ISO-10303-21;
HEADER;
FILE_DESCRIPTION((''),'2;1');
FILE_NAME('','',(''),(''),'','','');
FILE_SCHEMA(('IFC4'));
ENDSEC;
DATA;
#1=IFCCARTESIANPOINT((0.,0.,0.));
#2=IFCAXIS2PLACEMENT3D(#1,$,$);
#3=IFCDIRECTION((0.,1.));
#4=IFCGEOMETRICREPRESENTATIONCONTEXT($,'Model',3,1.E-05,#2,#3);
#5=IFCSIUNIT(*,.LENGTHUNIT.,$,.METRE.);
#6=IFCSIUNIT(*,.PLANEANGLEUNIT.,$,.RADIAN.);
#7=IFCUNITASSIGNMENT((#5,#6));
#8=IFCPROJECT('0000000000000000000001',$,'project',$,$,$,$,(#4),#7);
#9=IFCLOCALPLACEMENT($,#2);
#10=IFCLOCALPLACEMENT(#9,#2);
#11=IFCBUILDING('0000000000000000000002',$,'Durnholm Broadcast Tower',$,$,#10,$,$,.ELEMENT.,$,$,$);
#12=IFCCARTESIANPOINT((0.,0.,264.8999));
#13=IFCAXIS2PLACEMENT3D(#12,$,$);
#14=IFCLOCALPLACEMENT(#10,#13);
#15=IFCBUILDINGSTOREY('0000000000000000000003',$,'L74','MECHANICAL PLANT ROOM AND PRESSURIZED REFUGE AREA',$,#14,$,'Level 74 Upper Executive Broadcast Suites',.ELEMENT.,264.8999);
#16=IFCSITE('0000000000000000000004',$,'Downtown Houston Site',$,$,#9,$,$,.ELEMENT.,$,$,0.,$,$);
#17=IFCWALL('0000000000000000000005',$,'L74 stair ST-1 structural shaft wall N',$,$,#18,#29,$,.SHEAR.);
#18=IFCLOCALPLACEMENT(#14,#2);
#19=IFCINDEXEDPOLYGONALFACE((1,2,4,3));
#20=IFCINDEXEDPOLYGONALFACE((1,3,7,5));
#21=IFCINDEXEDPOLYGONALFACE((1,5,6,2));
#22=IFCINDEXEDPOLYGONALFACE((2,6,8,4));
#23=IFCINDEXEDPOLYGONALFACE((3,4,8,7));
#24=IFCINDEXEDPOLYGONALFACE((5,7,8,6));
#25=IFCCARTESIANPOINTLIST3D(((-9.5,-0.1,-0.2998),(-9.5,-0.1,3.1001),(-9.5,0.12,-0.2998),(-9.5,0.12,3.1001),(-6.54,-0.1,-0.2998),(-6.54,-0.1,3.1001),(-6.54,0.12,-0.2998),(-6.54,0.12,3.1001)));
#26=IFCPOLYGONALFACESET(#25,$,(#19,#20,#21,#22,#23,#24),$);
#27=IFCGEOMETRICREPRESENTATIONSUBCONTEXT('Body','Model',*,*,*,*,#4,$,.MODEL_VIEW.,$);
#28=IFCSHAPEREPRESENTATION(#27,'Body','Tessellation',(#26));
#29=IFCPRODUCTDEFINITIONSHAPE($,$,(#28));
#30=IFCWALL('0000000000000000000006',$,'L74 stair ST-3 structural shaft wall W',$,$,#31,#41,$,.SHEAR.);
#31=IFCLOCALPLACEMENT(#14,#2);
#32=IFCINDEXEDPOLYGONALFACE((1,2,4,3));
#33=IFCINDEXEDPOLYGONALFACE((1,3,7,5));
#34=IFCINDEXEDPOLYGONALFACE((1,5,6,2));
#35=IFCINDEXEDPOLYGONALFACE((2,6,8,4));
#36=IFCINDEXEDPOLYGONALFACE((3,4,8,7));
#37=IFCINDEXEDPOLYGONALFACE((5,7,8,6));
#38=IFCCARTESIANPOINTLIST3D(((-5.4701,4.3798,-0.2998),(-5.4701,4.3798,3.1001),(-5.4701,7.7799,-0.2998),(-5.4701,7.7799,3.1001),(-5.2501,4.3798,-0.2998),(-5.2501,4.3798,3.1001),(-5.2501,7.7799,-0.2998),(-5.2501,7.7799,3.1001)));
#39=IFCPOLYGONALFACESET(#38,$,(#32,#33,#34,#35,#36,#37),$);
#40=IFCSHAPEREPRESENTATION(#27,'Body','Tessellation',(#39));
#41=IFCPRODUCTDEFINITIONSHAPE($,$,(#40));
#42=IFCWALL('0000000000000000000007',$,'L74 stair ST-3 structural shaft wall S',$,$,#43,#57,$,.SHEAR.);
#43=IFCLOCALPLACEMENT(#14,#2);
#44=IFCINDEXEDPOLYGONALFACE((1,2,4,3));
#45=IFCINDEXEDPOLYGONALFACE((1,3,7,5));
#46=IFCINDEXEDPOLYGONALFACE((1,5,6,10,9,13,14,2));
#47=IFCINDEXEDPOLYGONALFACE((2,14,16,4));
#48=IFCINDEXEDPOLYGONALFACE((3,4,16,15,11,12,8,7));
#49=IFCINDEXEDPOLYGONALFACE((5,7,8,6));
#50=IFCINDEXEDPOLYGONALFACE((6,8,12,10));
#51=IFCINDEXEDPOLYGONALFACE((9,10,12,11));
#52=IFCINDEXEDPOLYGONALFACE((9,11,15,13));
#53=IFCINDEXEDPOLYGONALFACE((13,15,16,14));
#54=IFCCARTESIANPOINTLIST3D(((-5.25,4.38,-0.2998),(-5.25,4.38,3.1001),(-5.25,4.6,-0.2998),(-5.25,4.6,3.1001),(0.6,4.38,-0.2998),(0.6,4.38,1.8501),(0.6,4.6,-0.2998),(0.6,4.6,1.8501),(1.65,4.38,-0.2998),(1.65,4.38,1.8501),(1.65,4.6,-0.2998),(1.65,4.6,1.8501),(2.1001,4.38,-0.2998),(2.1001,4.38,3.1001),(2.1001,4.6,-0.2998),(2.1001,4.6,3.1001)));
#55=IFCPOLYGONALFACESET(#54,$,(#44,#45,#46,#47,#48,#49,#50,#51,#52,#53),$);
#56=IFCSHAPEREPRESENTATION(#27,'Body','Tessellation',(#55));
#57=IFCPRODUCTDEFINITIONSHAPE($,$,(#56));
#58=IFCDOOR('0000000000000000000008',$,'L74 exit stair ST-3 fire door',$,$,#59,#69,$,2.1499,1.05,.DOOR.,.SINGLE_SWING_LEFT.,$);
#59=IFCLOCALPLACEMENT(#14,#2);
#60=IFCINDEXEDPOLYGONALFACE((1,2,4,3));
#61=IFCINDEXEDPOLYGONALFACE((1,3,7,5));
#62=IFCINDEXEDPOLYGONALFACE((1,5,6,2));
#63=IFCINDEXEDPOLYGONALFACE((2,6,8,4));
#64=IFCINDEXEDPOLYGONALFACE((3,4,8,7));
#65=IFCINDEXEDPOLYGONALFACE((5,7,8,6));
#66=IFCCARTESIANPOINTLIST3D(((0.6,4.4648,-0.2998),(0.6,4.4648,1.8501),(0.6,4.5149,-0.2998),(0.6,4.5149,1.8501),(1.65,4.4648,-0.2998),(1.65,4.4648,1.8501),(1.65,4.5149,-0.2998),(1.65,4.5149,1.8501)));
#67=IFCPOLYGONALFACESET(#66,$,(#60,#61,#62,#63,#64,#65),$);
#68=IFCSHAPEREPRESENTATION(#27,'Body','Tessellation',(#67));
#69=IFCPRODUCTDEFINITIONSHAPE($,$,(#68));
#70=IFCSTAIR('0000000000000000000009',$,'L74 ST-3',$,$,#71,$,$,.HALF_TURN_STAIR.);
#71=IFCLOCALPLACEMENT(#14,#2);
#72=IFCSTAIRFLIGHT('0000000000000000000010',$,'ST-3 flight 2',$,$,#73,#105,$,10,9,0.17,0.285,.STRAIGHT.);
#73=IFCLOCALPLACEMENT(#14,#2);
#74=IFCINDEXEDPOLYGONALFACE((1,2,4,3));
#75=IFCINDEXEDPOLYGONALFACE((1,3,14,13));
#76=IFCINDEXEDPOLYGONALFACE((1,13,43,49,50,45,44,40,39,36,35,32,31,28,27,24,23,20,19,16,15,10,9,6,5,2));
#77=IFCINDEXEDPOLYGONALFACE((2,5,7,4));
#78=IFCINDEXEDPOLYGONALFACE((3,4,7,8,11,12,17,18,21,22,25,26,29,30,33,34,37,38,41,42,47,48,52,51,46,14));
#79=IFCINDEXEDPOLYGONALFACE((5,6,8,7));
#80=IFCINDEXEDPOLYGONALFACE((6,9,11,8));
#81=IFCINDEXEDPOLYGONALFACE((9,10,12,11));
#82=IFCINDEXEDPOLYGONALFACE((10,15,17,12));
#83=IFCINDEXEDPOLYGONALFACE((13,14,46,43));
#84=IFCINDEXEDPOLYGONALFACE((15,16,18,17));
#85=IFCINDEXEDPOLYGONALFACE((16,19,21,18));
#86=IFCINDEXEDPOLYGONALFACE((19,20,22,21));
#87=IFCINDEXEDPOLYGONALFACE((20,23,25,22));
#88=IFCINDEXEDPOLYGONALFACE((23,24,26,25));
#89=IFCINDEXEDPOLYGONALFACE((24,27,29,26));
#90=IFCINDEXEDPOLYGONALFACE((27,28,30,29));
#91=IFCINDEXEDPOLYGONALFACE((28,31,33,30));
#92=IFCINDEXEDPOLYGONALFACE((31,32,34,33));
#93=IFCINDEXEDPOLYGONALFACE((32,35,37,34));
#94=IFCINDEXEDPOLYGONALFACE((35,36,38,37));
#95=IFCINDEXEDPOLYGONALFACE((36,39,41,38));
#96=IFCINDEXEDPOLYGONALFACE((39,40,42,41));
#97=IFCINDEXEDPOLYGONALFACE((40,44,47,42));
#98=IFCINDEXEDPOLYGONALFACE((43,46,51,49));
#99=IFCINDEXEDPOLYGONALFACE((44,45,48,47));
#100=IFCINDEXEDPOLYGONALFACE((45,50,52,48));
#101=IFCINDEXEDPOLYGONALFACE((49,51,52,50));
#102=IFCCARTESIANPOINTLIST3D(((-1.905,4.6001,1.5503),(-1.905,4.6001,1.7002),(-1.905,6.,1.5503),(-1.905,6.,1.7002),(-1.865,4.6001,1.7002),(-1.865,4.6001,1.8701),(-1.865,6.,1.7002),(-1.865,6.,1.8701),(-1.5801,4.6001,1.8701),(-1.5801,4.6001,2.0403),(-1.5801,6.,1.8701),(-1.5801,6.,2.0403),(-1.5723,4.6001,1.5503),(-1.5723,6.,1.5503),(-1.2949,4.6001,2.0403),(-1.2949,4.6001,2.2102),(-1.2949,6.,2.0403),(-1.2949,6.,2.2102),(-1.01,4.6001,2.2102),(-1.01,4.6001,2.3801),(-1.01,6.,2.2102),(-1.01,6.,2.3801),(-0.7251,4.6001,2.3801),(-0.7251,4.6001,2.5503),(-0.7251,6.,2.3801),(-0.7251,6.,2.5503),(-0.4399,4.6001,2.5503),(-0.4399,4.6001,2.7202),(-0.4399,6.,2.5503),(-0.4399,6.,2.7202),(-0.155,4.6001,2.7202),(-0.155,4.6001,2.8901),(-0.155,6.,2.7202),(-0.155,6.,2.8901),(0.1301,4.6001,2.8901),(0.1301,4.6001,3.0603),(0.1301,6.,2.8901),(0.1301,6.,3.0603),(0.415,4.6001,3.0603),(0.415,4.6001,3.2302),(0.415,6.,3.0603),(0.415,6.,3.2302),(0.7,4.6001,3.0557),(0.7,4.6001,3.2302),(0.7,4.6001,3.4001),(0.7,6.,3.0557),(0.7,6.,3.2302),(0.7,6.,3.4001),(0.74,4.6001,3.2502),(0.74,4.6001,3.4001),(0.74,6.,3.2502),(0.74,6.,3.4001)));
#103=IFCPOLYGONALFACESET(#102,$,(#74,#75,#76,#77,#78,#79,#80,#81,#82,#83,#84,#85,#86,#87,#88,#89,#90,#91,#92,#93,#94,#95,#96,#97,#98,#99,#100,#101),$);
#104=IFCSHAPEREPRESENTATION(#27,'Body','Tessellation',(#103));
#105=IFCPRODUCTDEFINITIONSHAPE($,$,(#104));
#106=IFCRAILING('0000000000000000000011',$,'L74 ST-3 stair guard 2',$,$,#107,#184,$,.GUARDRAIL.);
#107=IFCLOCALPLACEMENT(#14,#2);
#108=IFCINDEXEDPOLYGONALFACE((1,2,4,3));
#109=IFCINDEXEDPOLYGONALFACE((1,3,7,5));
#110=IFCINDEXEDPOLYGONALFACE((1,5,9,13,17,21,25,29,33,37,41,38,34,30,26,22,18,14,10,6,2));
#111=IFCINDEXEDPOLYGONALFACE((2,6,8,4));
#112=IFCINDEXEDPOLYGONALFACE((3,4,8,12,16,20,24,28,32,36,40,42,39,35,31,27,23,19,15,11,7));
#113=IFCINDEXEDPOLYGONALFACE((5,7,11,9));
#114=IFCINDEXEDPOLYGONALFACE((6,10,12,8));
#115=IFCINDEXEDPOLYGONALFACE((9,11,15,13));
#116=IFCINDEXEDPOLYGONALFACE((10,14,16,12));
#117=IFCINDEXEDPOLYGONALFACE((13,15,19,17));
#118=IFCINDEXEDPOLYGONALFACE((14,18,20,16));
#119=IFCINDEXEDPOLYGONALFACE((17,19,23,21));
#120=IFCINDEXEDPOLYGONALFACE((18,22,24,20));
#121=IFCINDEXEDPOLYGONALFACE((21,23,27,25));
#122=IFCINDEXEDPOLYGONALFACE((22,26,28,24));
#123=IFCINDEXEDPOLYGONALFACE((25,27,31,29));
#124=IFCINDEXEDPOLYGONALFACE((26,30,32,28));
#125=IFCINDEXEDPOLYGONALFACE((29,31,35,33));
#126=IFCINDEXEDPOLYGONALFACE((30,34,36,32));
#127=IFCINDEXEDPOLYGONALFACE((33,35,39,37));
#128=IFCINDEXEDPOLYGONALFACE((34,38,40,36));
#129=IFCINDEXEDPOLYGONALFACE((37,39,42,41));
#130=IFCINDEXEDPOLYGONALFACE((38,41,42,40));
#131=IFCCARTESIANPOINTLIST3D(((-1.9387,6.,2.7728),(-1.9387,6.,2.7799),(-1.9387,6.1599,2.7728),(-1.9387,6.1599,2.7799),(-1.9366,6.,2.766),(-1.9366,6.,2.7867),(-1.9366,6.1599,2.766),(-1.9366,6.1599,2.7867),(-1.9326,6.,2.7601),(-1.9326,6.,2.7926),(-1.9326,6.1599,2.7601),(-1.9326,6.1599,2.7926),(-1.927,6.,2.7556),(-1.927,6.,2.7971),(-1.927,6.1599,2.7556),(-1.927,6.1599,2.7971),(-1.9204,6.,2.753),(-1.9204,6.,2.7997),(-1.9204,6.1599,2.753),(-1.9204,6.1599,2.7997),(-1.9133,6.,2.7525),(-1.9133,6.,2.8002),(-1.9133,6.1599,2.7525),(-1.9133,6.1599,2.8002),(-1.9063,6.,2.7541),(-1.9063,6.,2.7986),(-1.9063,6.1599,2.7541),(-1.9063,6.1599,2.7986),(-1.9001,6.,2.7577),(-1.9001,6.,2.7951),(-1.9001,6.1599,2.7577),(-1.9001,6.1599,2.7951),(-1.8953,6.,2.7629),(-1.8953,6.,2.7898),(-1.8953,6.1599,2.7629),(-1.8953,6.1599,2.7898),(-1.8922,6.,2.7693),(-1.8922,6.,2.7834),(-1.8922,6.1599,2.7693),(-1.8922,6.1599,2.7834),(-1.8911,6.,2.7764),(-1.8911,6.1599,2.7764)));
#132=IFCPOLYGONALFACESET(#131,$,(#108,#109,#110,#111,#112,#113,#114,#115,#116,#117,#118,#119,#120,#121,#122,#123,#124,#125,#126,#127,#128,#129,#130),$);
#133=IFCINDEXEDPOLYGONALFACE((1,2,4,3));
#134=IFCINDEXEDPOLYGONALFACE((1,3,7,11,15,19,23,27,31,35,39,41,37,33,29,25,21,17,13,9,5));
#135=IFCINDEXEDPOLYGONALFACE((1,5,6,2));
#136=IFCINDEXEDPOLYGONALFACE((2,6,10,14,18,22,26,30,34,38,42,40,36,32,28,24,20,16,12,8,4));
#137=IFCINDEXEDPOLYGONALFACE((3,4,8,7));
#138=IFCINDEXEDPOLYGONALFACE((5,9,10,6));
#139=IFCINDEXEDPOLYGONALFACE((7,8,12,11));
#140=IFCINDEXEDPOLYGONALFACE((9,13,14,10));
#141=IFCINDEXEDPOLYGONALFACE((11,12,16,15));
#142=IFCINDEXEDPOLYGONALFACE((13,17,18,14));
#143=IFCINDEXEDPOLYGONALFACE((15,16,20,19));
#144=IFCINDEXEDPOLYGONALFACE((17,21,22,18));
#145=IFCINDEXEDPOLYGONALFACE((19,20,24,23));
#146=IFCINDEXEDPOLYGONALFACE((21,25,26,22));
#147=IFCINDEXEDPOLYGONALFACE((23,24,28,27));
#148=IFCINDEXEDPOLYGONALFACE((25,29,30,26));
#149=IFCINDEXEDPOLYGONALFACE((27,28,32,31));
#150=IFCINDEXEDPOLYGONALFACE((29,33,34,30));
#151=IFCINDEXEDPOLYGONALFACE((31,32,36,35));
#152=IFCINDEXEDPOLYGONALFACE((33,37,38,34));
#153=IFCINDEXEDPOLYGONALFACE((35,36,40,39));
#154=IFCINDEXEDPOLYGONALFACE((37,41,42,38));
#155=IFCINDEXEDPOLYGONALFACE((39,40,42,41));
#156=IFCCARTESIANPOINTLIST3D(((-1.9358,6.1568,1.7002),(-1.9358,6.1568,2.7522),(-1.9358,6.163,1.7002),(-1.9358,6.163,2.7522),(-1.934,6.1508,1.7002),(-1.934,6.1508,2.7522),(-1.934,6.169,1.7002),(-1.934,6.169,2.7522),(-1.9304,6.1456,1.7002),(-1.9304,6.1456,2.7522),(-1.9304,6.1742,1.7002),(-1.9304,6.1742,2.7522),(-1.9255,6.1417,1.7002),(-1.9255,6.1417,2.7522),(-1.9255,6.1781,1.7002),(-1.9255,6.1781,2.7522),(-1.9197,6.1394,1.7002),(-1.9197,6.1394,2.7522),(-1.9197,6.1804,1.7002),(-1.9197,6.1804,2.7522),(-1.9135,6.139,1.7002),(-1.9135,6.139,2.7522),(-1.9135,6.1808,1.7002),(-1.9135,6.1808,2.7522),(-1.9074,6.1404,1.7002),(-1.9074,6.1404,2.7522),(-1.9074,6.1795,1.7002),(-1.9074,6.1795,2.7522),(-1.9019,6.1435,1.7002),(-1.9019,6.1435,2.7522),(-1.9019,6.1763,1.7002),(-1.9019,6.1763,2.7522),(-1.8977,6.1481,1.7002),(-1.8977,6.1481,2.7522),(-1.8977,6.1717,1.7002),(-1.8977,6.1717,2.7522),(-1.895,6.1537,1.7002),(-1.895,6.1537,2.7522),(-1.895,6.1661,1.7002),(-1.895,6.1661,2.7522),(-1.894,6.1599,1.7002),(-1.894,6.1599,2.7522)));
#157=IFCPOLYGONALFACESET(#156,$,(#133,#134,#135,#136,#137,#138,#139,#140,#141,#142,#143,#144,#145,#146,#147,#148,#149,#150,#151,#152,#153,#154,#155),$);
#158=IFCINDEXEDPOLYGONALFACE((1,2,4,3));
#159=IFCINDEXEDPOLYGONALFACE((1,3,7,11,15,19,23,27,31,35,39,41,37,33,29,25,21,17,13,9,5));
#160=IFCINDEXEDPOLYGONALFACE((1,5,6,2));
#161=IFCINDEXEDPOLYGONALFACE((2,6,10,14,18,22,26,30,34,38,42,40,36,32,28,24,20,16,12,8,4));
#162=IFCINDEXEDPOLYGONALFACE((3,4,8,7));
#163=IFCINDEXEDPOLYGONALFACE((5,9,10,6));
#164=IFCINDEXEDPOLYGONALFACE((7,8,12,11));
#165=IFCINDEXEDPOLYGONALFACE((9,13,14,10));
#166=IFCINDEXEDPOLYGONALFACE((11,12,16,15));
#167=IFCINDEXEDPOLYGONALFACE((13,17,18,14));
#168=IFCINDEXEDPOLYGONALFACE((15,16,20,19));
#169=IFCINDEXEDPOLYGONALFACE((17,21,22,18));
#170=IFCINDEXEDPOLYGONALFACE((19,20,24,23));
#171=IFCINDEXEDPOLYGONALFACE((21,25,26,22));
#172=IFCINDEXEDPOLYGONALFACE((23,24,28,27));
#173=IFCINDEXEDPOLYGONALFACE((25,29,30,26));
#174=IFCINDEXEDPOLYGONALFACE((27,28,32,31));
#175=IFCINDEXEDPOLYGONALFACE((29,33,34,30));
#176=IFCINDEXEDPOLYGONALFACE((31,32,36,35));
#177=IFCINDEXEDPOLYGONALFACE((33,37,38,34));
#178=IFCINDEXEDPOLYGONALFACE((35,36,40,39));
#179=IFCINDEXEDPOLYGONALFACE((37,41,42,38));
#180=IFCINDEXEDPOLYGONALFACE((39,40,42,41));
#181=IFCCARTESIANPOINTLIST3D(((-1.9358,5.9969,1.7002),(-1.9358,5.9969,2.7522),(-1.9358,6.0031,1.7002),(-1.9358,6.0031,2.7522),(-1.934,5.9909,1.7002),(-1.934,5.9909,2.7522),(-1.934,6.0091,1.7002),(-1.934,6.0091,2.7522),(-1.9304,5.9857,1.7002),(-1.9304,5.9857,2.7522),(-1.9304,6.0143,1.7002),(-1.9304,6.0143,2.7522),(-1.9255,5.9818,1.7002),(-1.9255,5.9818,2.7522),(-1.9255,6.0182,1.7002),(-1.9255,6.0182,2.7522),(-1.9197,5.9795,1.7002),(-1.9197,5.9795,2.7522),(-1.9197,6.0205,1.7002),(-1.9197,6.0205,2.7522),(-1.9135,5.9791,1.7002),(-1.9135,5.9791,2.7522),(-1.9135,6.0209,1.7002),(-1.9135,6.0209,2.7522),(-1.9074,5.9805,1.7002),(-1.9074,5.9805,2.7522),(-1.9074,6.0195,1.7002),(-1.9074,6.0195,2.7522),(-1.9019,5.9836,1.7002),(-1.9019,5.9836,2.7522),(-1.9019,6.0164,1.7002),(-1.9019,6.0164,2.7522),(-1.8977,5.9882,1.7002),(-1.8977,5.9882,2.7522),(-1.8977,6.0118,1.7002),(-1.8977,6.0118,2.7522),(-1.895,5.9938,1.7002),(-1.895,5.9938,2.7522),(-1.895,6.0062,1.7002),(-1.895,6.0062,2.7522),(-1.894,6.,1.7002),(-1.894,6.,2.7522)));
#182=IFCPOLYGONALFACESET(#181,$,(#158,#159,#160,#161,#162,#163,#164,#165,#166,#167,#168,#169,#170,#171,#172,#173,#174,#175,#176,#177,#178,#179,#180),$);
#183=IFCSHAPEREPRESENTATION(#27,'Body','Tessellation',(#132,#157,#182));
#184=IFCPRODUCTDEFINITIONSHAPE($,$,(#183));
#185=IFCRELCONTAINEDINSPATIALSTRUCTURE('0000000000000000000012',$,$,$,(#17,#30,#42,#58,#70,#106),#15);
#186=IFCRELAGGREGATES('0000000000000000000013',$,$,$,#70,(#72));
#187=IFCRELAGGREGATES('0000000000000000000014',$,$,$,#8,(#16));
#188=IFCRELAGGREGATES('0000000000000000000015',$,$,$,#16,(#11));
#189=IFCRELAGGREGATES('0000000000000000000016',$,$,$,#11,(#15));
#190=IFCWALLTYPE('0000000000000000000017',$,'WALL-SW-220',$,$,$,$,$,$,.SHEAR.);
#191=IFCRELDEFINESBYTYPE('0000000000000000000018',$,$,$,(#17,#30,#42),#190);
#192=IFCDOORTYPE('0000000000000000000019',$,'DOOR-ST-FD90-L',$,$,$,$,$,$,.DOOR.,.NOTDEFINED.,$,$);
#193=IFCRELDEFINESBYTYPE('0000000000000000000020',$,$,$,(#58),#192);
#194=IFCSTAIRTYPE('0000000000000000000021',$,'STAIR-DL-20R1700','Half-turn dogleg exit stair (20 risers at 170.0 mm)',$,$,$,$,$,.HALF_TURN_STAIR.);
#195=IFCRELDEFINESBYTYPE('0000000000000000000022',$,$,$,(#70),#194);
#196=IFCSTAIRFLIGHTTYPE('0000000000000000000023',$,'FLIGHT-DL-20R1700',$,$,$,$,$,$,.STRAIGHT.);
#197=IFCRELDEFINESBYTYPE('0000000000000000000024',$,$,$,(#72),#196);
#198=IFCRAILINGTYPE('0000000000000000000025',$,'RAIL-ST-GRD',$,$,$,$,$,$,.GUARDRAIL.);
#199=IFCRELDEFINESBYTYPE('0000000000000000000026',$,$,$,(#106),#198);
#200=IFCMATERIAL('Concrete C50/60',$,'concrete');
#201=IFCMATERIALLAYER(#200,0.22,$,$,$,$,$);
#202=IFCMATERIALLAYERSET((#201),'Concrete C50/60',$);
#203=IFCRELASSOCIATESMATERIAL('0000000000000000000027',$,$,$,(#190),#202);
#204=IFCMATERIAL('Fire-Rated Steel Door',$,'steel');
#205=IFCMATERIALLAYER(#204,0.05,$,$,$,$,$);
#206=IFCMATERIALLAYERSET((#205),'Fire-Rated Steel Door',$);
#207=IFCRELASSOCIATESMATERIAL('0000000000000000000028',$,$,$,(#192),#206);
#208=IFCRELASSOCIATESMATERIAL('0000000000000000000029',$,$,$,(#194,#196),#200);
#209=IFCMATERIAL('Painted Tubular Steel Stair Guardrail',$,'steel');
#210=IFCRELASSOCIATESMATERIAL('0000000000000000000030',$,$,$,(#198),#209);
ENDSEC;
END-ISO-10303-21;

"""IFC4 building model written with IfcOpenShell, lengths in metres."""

from ifc_helpers import new_model, si_unit, direction, frame, frame_2d, origin, origin_2d, place, context, subcontext, project, spatial, polyline, rectangle, circle, outline, extrude, source, transform, mapped, material, layer, layer_set, type_object, type_shapes, element, fill, aggregate, save


model = new_model("IFC4")

# Units and contexts
model_context = context("Model", 3, precision=1e-05, world=origin(), true_north=direction((0.0, 1.0)))
body_context = subcontext(model_context, "Body", "Model", "MODEL_VIEW")
ifc_project = project(units=[si_unit("LENGTHUNIT", "METRE"), si_unit("PLANEANGLEUNIT", "RADIAN")], contexts=[model_context])

# Site, building, storey
site_placement = place(None, origin())
site = spatial("IfcSite", under=ifc_project, at=site_placement, Name="Downtown Houston Site", CompositionType="ELEMENT", RefElevation=0.0)
building_placement = place(site_placement, origin())
building = spatial("IfcBuilding", under=site, at=building_placement, Name="Durnholm Broadcast Tower", CompositionType="ELEMENT")
storey_placement = place(building_placement, frame((0.0, 0.0, 264.8999)))
storey = spatial("IfcBuildingStorey", under=building, at=storey_placement, Name="L74", Description="MECHANICAL PLANT ROOM AND PRESSURIZED REFUGE AREA", LongName="Level 74 Upper Executive Broadcast Suites", CompositionType="ELEMENT", Elevation=264.8999)

# Shared definitions
ifc_material_1 = material(Name="Concrete C50/60", Category="concrete")

# Walls
ifc_layer_1 = layer(ifc_material_1, 0.22)
ifc_layer_set_1 = layer_set([ifc_layer_1], Name="Concrete C50/60")
wall_type_1 = type_object("IfcWallType", Name="WALL-SW-220", PredefinedType="SHEAR", material=ifc_layer_set_1)
wall_1_placement = place(storey_placement, frame((-6.54, 0.01, -0.2998), z_axis=(0.0, 0.0, 1.0), x_axis=(-1.0, 0.0, 0.0)))
element("IfcWall", 1, at=wall_1_placement, inside=storey, type_object=wall_type_1, Name="L74 stair ST-1 structural shaft wall N", PredefinedType="SHEAR", context=body_context, shape_type="SweptSolid", body=[
    extrude(rectangle(XDim=2.96, YDim=0.22, at=frame_2d((1.48, 0.0))), origin(), (0.0, 0.0, 1.0), 3.3999),
])
wall_2_placement = place(storey_placement, frame((-5.3601, 7.78, -0.2998), z_axis=(0.0, 0.0, 1.0), x_axis=(0.0, -1.0, 0.0)))
element("IfcWall", 2, at=wall_2_placement, inside=storey, type_object=wall_type_1, Name="L74 stair ST-3 structural shaft wall W", PredefinedType="SHEAR", context=body_context, shape_type="SweptSolid", body=[
    extrude(rectangle(XDim=3.4001, YDim=0.22, at=frame_2d((1.7002, 0.0))), origin(), (0.0, 0.0, 1.0), 3.3999),
])

# Wall, opening, door
wall_3_placement = place(storey_placement, frame((-5.25, 4.49, -0.2998), z_axis=(0.0, 0.0, 1.0), x_axis=(1.0, 0.0, 0.0)))
wall_3 = element("IfcWall", 3, at=wall_3_placement, inside=storey, type_object=wall_type_1, Name="L74 stair ST-3 structural shaft wall S", PredefinedType="SHEAR", context=body_context, shape_type="SweptSolid", body=[
    extrude(rectangle(XDim=7.3501, YDim=0.22, at=frame_2d((3.675, 0.0))), origin(), (0.0, 0.0, 1.0), 3.3999),
])
opening_1_placement = place(wall_3_placement, frame((5.8501, 0.0, 0.0)))
opening_1 = element("IfcOpeningElement", 4, at=opening_1_placement, cuts=wall_3, PredefinedType="OPENING", context=body_context, shape_type="SweptSolid", body=[
    extrude(rectangle(XDim=1.05, YDim=2.1499, at=frame_2d((0.5249, 1.075))), frame((0.0, 0.1201, 0.0), z_axis=(0.0, -1.0, 0.0), x_axis=(1.0, 0.0, 0.0)), (0.0, 0.0, 1.0), 0.24),
])
ifc_material_2 = material(Name="Fire-Rated Steel Door", Category="steel")
ifc_layer_2 = layer(ifc_material_2, 0.05)
ifc_layer_set_2 = layer_set([ifc_layer_2], Name="Fire-Rated Steel Door")
door_type_1 = type_object("IfcDoorType", Name="DOOR-ST-FD90-L", OperationType="NOTDEFINED", PredefinedType="DOOR", material=ifc_layer_set_2)
shared_shape_1 = source(origin(), body_context, "Body", "SweptSolid", [
    extrude(rectangle(XDim=1.05, YDim=2.1499, at=frame_2d((0.5249, 1.075))), frame((0.0, 0.0249, 0.0), z_axis=(0.0, -1.0, 0.0), x_axis=(1.0, 0.0, 0.0)), (0.0, 0.0, 1.0), 0.05),
])
type_shapes(door_type_1, [shared_shape_1])
door_1_placement = place(opening_1_placement, origin())
door_1 = element("IfcDoor", 5, at=door_1_placement, inside=storey, type_object=door_type_1, Name="L74 exit stair ST-3 fire door", OperationType="SINGLE_SWING_LEFT", OverallHeight=2.1499, OverallWidth=1.05, PredefinedType="DOOR", context=body_context, shape_type="MappedRepresentation", body=[
    mapped(shared_shape_1, transform((0.0, 0.0, 0.0), x_axis=(1.0, 0.0, 0.0), y_axis=(0.0, 1.0, 0.0), z_axis=(0.0, 0.0, 1.0), scale=1.0)),
])
fill(opening_1, door_1)

# Stair, stair flight
stair_type = type_object("IfcStairType", Name="STAIR-DL-20R1700", Description="Half-turn dogleg exit stair (20 risers at 170.0 mm)", PredefinedType="HALF_TURN_STAIR", material=ifc_material_1)
stair_placement = place(storey_placement, origin())
stair = element("IfcStair", 6, at=stair_placement, inside=storey, type_object=stair_type, Name="L74 ST-3", PredefinedType="HALF_TURN_STAIR")
stair_flight_type = type_object("IfcStairFlightType", Name="FLIGHT-DL-20R1700", PredefinedType="STRAIGHT", material=ifc_material_1)
stair_flight_placement = place(storey_placement, frame((-1.865, 5.3, 1.7002), z_axis=(0.0, 0.0, 1.0), x_axis=(1.0, 0.0, 0.0)))
stair_flight = element("IfcStairFlight", 7, at=stair_flight_placement, type_object=stair_flight_type, Name="ST-3 flight 2", NumberOfRisers=10, NumberOfTreads=9, PredefinedType="STRAIGHT", RiserHeight=0.17, TreadLength=0.285, context=body_context, shape_type="SweptSolid", body=[
    extrude(outline(polyline([(-0.04, -0.1499), (-0.04, 0.0), (0.0, 0.0), (0.0, 0.1699), (0.2849, 0.1699), (0.2849, 0.3401), (0.5701, 0.3401), (0.5701, 0.51), (0.855, 0.51), (0.855, 0.6799), (1.1399, 0.6799), (1.1399, 0.8501), (1.425, 0.8501), (1.425, 1.02), (1.71, 1.02), (1.71, 1.1899), (1.9951, 1.1899), (1.9951, 1.3601), (2.28, 1.3601), (2.28, 1.53), (2.5649, 1.53), (2.5649, 1.7), (2.605, 1.7), (2.605, 1.55), (2.5649, 1.3555), (0.2927, -0.1499), (-0.04, -0.1499)])), frame((0.0, 0.7, 0.0), z_axis=(0.0, -1.0, 0.0), x_axis=(1.0, 0.0, 0.0)), (0.0, 0.0, 1.0), 1.3999),
])
aggregate(stair, [stair_flight])

# Railing
ifc_material_3 = material(Name="Painted Tubular Steel Stair Guardrail", Category="steel")
railing_type_1 = type_object("IfcRailingType", Name="RAIL-ST-GRD", PredefinedType="GUARDRAIL", material=ifc_material_3)
railing_1_placement = place(storey_placement, frame((-1.915, 6.1599, 1.7002)))
element("IfcRailing", 8, at=railing_1_placement, inside=storey, type_object=railing_type_1, Name="L74 ST-3 stair guard 2", PredefinedType="GUARDRAIL", context=body_context, shape_type="SweptSolid", body=[
    extrude(circle(Radius=0.0239, at=origin_2d()), frame((0.0, 0.0, 1.0762), z_axis=(0.0, -1.0, 0.0), x_axis=(1.0, 0.0, 0.0)), (0.0, 0.0, 1.0), 0.1599),
    extrude(circle(Radius=0.021, at=origin_2d()), origin(), (0.0, 0.0, 1.0), 1.052),
    extrude(circle(Radius=0.021, at=origin_2d()), frame((0.0, -0.1599, 0.0)), (0.0, 0.0, 1.0), 1.052),
])

save(model, "model.ifc")
